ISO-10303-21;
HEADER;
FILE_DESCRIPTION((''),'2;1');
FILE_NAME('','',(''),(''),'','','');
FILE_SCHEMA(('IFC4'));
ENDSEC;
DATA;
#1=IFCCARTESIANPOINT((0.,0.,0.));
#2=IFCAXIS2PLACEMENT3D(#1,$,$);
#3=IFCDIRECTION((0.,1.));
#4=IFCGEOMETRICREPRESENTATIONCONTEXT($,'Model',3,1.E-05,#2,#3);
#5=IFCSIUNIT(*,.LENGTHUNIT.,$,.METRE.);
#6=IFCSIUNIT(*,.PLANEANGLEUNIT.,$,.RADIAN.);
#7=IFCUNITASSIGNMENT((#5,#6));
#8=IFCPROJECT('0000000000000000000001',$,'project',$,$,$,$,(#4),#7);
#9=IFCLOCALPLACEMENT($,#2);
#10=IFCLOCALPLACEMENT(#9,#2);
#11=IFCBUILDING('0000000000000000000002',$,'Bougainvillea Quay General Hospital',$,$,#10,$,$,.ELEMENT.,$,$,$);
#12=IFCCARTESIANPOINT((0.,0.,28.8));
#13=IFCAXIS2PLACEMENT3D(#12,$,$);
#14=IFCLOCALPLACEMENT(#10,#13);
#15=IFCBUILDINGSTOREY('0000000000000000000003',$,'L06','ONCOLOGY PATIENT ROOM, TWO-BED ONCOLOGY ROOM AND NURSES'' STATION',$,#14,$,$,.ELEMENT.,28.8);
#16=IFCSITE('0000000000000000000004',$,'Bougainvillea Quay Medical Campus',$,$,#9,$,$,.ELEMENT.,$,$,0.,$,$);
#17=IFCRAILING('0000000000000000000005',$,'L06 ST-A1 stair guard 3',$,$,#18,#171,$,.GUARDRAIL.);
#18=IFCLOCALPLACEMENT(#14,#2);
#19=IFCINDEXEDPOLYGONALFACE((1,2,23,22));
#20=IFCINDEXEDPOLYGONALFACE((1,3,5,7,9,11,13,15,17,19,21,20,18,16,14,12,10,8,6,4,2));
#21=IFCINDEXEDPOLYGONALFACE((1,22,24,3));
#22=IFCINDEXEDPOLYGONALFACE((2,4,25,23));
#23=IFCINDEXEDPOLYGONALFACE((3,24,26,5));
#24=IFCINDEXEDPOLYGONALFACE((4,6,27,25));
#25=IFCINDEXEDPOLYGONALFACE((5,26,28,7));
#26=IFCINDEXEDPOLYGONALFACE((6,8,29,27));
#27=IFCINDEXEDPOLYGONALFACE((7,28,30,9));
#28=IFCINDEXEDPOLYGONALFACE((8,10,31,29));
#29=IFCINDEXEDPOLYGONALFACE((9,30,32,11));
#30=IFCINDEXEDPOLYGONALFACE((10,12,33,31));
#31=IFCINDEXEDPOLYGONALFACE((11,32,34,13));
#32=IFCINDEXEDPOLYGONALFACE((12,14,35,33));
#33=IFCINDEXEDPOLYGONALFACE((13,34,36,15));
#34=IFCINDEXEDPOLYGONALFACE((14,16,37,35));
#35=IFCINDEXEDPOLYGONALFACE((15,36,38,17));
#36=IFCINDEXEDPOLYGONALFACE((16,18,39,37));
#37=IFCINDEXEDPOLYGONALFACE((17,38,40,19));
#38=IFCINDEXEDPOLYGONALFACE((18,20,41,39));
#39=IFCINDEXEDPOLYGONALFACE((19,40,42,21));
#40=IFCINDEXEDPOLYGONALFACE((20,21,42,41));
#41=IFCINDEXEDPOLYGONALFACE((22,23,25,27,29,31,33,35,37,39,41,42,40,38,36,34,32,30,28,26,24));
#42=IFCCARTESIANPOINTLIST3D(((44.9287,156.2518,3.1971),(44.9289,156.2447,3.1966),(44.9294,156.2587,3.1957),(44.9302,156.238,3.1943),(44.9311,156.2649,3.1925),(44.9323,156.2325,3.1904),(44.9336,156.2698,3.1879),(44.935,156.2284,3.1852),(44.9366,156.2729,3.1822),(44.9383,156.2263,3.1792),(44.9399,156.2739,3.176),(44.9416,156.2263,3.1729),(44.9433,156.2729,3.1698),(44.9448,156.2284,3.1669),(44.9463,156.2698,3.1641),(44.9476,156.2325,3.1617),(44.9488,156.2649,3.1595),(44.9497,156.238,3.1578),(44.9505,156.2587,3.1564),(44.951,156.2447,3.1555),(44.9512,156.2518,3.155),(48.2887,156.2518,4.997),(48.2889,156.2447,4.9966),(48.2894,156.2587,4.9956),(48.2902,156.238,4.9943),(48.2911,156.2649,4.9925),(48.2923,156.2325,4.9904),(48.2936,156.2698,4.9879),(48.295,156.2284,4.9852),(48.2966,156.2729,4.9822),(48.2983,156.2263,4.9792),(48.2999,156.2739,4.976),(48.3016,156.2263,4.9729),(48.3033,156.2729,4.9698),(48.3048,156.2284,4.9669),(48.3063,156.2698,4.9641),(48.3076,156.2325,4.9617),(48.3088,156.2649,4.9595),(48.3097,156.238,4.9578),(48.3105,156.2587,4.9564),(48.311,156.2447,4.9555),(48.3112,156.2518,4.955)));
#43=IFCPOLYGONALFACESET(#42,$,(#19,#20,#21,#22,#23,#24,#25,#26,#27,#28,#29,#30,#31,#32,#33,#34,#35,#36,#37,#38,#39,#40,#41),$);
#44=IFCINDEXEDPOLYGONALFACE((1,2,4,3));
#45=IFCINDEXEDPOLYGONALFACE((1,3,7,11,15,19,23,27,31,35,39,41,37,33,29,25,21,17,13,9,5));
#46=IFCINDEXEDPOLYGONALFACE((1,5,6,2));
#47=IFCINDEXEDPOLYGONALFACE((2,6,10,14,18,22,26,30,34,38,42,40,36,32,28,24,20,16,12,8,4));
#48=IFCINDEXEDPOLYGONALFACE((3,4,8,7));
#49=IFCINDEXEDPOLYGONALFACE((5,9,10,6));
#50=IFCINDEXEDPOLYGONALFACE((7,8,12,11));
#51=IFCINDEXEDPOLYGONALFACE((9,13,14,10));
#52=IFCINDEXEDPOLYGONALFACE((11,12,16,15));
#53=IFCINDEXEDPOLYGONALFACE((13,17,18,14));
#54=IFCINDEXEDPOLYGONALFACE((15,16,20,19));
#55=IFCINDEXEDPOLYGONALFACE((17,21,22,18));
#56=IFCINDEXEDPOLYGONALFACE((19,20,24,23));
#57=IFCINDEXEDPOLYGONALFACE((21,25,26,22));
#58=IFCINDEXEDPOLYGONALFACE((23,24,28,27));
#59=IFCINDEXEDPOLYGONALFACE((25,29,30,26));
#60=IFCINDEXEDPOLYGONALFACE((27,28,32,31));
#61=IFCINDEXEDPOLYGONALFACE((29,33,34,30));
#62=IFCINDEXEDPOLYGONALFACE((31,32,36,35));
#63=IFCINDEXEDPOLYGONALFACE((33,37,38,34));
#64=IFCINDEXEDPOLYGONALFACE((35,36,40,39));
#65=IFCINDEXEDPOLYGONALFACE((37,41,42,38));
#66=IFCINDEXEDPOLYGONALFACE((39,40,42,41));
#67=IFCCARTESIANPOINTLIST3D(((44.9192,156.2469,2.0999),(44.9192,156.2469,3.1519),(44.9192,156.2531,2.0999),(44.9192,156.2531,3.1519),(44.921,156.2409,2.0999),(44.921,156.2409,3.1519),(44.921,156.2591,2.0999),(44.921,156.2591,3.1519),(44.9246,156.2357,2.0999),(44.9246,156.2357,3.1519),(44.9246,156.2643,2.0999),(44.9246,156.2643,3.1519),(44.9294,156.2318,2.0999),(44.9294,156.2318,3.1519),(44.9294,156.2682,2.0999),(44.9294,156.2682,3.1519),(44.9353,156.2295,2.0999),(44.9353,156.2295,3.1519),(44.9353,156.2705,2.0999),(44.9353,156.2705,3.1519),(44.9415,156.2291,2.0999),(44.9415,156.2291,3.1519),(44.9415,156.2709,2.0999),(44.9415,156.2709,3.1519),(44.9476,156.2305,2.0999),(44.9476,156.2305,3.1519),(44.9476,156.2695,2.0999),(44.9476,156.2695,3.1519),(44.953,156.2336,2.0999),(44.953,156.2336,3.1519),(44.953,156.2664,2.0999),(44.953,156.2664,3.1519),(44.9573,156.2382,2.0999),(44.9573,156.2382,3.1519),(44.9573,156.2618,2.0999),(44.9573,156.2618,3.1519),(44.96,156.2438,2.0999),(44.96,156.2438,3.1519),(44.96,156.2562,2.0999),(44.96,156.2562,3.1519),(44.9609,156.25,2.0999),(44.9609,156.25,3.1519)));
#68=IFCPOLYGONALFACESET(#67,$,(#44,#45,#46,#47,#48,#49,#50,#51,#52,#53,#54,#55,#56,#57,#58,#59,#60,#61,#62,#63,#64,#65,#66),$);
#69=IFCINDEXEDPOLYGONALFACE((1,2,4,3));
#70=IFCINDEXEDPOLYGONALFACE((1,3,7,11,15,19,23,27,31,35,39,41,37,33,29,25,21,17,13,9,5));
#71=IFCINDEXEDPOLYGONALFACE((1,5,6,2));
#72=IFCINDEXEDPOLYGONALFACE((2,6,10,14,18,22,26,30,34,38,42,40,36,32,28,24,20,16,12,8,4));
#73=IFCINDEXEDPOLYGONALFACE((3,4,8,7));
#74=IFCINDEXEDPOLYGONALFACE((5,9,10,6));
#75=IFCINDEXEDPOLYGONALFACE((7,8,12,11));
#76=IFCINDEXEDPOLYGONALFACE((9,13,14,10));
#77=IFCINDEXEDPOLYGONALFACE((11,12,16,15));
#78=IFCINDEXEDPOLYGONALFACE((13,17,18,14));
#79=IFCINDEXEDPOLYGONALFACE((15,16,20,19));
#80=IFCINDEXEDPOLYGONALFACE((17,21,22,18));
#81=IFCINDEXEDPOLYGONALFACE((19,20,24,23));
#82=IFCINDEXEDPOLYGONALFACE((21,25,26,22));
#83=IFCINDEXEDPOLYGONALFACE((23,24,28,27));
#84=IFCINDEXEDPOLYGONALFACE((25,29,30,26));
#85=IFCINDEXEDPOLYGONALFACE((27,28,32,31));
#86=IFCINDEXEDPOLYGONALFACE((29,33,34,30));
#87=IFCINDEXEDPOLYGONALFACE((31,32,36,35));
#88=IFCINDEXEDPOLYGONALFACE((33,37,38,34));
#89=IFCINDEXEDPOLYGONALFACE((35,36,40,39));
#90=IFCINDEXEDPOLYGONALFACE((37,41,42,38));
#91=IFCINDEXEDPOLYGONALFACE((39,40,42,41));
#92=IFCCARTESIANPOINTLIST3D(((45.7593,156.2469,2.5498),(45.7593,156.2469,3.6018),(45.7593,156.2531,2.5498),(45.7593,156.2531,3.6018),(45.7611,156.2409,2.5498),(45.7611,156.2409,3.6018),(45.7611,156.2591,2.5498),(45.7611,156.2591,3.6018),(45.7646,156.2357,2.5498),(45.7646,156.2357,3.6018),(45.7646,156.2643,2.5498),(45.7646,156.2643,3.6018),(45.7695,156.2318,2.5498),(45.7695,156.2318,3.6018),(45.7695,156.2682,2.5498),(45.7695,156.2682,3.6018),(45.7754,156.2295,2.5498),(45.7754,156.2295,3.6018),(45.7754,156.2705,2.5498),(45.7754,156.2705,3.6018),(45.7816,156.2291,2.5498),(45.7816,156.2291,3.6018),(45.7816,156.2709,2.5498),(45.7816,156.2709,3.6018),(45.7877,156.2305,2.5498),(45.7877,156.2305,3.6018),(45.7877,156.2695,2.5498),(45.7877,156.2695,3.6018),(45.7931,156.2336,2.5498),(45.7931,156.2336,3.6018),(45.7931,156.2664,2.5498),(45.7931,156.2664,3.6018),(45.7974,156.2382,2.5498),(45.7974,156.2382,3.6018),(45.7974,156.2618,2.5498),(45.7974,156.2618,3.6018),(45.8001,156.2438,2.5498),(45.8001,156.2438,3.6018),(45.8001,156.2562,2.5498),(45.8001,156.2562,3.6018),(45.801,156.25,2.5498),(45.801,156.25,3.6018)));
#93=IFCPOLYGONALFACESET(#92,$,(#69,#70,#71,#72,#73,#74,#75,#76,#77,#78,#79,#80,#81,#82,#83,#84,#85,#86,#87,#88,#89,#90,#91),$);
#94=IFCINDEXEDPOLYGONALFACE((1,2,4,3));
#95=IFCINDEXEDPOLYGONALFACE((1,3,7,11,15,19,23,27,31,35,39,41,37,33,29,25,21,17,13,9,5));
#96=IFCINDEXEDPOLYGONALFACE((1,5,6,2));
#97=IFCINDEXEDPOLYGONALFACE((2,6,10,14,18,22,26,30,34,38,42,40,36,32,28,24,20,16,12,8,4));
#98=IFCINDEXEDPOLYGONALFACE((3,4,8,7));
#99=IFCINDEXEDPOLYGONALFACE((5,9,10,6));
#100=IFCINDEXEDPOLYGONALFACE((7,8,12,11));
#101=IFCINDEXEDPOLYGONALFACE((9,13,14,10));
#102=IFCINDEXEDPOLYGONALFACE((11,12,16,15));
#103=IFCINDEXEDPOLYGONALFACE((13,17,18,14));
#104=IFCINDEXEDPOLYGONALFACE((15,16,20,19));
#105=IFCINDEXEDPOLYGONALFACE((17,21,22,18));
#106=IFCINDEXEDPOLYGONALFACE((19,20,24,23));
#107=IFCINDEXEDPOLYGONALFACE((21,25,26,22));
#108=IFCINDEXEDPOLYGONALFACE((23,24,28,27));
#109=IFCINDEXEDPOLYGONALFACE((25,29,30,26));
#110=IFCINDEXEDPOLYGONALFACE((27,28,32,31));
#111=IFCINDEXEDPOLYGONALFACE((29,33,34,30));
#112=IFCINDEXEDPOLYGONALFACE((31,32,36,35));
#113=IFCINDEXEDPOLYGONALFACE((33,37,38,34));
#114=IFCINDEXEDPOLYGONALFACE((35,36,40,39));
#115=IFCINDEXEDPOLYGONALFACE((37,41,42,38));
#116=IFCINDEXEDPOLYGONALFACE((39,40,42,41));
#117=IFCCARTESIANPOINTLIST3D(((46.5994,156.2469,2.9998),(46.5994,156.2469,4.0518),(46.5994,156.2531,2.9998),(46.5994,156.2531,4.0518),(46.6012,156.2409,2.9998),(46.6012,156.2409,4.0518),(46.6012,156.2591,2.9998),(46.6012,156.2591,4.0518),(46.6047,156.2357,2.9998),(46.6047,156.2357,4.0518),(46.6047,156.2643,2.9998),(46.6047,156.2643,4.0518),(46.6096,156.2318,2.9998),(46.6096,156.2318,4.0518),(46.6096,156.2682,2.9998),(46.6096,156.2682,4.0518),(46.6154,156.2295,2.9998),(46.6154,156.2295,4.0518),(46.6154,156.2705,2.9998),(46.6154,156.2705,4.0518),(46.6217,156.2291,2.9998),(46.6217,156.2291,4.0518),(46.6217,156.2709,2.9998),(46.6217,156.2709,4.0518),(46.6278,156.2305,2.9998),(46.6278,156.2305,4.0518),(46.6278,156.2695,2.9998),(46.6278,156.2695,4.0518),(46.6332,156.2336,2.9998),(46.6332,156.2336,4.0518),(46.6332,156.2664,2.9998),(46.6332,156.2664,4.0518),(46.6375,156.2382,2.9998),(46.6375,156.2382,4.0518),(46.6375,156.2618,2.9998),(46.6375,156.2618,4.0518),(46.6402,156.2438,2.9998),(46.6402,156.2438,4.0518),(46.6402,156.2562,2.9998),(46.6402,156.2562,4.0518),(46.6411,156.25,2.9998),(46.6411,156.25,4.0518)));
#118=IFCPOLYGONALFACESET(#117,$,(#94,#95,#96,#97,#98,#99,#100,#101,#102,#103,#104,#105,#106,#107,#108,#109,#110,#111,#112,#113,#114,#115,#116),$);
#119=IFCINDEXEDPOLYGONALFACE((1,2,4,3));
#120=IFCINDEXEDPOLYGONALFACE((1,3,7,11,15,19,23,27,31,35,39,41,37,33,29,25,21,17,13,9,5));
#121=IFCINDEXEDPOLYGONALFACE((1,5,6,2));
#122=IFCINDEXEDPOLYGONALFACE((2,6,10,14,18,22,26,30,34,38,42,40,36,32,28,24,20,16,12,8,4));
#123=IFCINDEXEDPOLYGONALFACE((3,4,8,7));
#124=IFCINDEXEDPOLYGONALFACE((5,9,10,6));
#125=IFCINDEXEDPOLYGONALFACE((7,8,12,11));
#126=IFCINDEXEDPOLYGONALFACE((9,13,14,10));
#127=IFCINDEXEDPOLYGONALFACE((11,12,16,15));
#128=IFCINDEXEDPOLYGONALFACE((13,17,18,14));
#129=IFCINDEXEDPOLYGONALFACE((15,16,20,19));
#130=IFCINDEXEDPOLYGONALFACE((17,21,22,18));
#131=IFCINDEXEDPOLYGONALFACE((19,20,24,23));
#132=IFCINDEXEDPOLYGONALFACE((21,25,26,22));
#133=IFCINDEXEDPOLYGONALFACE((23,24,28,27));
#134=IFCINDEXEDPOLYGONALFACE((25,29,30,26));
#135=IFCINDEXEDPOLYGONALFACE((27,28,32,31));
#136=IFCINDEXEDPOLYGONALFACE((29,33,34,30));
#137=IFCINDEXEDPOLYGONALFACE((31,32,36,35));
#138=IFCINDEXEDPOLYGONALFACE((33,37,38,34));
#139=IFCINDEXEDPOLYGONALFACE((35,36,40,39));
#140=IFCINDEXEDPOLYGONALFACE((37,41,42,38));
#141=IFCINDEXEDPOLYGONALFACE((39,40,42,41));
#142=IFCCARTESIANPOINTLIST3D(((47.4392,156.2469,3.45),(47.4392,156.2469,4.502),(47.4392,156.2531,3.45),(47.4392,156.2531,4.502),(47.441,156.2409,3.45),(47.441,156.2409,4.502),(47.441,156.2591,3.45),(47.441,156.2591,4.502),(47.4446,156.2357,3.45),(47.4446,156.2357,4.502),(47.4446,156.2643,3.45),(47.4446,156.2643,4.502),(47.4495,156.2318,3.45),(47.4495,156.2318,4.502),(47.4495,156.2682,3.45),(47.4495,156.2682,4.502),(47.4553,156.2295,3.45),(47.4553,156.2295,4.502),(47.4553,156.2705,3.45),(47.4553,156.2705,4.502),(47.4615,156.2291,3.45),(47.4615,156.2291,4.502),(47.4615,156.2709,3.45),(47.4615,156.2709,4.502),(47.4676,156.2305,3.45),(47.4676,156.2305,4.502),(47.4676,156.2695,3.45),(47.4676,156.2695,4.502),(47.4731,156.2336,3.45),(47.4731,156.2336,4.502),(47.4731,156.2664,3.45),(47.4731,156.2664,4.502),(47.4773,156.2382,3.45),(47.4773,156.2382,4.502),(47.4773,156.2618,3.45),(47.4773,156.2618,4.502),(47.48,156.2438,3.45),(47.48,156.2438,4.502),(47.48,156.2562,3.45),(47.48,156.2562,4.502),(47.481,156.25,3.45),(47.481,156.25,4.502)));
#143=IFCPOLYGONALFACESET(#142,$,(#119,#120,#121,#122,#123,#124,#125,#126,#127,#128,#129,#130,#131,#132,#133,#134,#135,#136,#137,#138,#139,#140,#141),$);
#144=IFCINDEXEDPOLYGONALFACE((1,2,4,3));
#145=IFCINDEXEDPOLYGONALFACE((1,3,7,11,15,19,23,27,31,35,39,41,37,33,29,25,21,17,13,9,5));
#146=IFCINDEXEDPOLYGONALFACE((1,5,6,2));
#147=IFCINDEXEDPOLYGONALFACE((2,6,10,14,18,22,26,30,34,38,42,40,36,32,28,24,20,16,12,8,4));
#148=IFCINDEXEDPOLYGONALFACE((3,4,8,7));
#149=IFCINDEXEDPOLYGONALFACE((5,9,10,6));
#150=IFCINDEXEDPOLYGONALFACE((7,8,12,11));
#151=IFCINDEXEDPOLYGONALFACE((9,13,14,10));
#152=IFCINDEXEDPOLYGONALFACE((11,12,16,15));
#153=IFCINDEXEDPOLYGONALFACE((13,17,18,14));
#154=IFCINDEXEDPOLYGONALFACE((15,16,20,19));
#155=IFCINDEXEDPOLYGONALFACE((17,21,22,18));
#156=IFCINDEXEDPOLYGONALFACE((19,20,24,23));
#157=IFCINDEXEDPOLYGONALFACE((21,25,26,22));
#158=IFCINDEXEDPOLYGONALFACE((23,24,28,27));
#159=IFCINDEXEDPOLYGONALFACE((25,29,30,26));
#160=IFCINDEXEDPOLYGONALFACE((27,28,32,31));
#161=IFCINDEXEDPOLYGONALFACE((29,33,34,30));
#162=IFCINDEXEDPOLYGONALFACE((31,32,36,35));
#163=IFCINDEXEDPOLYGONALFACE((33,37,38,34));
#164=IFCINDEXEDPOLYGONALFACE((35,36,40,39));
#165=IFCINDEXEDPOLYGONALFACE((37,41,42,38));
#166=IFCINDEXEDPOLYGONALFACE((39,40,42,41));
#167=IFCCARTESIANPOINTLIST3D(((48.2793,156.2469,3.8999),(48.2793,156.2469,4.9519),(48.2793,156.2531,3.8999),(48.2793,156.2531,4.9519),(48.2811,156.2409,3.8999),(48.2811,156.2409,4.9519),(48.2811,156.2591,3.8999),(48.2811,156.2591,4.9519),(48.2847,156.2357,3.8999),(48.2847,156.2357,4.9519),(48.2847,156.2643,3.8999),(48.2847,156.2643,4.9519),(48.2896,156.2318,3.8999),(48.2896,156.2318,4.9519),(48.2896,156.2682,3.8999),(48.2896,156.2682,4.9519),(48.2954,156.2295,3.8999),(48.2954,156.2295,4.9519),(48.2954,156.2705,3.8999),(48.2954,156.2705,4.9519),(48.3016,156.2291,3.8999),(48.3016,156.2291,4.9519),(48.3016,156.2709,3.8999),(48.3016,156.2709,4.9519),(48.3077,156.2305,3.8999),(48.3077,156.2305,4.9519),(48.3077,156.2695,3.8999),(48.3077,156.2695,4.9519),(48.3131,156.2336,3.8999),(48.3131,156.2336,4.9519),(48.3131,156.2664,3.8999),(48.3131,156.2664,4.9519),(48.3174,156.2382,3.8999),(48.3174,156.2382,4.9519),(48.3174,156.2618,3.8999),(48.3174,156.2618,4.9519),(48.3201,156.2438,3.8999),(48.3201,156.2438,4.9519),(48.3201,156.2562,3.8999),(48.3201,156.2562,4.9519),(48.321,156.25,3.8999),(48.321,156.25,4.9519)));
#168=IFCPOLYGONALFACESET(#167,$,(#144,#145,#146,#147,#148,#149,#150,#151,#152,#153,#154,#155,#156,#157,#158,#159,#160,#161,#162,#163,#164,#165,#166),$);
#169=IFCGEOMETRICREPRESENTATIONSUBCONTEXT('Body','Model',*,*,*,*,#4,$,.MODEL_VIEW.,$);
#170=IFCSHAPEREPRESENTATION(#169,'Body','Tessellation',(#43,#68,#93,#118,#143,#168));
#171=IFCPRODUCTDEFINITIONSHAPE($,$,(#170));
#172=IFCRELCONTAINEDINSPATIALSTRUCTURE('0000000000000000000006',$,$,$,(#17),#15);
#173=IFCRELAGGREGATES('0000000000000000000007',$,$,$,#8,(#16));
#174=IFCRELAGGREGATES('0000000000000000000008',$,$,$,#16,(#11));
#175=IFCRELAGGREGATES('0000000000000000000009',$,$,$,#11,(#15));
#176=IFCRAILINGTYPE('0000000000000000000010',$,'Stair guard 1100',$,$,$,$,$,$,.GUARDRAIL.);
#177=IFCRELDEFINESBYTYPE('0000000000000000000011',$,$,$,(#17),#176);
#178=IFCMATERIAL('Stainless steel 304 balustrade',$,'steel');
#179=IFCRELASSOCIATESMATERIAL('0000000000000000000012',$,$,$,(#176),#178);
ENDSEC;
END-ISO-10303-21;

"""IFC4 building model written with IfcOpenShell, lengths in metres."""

from ifc_helpers import new_model, si_unit, direction, frame, origin, origin_2d, place, context, subcontext, project, spatial, circle, extrude, material, type_object, element, save


model = new_model("IFC4")

# Units and contexts
model_context = context("Model", 3, precision=1e-05, world=origin(), true_north=direction((0.0, 1.0)))
body_context = subcontext(model_context, "Body", "Model", "MODEL_VIEW")
ifc_project = project(units=[si_unit("LENGTHUNIT", "METRE"), si_unit("PLANEANGLEUNIT", "RADIAN")], contexts=[model_context])

# Site, building, storey
site_placement = place(None, origin())
site = spatial("IfcSite", under=ifc_project, at=site_placement, Name="Bougainvillea Quay Medical Campus", CompositionType="ELEMENT", RefElevation=0.0)
building_placement = place(site_placement, origin())
building = spatial("IfcBuilding", under=site, at=building_placement, Name="Bougainvillea Quay General Hospital", CompositionType="ELEMENT")
storey_placement = place(building_placement, frame((0.0, 0.0, 28.8)))
storey = spatial("IfcBuildingStorey", under=building, at=storey_placement, Name="L06", Description="ONCOLOGY PATIENT ROOM, TWO-BED ONCOLOGY ROOM AND NURSES' STATION", CompositionType="ELEMENT", Elevation=28.8)

# Railing
ifc_material_1 = material(Name="Stainless steel 304 balustrade", Category="steel")
railing_type_1 = type_object("IfcRailingType", Name="Stair guard 1100", PredefinedType="GUARDRAIL", material=ifc_material_1)
railing_1_placement = place(storey_placement, frame((44.9399, 156.25, 2.0999)))
element("IfcRailing", 1, at=railing_1_placement, inside=storey, type_object=railing_type_1, Name="L06 ST-A1 stair guard 3", PredefinedType="GUARDRAIL", context=body_context, shape_type="SweptSolid", body=[
    extrude(circle(Radius=0.0239, at=origin_2d()), frame((0.0, 0.0, 1.0762), z_axis=(0.881481, 0.0, 0.47222), x_axis=(0.0, 1.0, 0.0)), (0.0, 0.0, 1.0), 3.8118),
    extrude(circle(Radius=0.021, at=origin_2d()), origin(), (0.0, 0.0, 1.0), 1.052),
    extrude(circle(Radius=0.021, at=origin_2d()), frame((0.8401, 0.0, 0.45)), (0.0, 0.0, 1.0), 1.052),
    extrude(circle(Radius=0.021, at=origin_2d()), frame((1.6802, 0.0, 0.8999)), (0.0, 0.0, 1.0), 1.052),
    extrude(circle(Radius=0.021, at=origin_2d()), frame((2.52, 0.0, 1.3501)), (0.0, 0.0, 1.0), 1.052),
    extrude(circle(Radius=0.021, at=origin_2d()), frame((3.3601, 0.0, 1.8)), (0.0, 0.0, 1.0), 1.052),
])

save(model, "model.ifc")
